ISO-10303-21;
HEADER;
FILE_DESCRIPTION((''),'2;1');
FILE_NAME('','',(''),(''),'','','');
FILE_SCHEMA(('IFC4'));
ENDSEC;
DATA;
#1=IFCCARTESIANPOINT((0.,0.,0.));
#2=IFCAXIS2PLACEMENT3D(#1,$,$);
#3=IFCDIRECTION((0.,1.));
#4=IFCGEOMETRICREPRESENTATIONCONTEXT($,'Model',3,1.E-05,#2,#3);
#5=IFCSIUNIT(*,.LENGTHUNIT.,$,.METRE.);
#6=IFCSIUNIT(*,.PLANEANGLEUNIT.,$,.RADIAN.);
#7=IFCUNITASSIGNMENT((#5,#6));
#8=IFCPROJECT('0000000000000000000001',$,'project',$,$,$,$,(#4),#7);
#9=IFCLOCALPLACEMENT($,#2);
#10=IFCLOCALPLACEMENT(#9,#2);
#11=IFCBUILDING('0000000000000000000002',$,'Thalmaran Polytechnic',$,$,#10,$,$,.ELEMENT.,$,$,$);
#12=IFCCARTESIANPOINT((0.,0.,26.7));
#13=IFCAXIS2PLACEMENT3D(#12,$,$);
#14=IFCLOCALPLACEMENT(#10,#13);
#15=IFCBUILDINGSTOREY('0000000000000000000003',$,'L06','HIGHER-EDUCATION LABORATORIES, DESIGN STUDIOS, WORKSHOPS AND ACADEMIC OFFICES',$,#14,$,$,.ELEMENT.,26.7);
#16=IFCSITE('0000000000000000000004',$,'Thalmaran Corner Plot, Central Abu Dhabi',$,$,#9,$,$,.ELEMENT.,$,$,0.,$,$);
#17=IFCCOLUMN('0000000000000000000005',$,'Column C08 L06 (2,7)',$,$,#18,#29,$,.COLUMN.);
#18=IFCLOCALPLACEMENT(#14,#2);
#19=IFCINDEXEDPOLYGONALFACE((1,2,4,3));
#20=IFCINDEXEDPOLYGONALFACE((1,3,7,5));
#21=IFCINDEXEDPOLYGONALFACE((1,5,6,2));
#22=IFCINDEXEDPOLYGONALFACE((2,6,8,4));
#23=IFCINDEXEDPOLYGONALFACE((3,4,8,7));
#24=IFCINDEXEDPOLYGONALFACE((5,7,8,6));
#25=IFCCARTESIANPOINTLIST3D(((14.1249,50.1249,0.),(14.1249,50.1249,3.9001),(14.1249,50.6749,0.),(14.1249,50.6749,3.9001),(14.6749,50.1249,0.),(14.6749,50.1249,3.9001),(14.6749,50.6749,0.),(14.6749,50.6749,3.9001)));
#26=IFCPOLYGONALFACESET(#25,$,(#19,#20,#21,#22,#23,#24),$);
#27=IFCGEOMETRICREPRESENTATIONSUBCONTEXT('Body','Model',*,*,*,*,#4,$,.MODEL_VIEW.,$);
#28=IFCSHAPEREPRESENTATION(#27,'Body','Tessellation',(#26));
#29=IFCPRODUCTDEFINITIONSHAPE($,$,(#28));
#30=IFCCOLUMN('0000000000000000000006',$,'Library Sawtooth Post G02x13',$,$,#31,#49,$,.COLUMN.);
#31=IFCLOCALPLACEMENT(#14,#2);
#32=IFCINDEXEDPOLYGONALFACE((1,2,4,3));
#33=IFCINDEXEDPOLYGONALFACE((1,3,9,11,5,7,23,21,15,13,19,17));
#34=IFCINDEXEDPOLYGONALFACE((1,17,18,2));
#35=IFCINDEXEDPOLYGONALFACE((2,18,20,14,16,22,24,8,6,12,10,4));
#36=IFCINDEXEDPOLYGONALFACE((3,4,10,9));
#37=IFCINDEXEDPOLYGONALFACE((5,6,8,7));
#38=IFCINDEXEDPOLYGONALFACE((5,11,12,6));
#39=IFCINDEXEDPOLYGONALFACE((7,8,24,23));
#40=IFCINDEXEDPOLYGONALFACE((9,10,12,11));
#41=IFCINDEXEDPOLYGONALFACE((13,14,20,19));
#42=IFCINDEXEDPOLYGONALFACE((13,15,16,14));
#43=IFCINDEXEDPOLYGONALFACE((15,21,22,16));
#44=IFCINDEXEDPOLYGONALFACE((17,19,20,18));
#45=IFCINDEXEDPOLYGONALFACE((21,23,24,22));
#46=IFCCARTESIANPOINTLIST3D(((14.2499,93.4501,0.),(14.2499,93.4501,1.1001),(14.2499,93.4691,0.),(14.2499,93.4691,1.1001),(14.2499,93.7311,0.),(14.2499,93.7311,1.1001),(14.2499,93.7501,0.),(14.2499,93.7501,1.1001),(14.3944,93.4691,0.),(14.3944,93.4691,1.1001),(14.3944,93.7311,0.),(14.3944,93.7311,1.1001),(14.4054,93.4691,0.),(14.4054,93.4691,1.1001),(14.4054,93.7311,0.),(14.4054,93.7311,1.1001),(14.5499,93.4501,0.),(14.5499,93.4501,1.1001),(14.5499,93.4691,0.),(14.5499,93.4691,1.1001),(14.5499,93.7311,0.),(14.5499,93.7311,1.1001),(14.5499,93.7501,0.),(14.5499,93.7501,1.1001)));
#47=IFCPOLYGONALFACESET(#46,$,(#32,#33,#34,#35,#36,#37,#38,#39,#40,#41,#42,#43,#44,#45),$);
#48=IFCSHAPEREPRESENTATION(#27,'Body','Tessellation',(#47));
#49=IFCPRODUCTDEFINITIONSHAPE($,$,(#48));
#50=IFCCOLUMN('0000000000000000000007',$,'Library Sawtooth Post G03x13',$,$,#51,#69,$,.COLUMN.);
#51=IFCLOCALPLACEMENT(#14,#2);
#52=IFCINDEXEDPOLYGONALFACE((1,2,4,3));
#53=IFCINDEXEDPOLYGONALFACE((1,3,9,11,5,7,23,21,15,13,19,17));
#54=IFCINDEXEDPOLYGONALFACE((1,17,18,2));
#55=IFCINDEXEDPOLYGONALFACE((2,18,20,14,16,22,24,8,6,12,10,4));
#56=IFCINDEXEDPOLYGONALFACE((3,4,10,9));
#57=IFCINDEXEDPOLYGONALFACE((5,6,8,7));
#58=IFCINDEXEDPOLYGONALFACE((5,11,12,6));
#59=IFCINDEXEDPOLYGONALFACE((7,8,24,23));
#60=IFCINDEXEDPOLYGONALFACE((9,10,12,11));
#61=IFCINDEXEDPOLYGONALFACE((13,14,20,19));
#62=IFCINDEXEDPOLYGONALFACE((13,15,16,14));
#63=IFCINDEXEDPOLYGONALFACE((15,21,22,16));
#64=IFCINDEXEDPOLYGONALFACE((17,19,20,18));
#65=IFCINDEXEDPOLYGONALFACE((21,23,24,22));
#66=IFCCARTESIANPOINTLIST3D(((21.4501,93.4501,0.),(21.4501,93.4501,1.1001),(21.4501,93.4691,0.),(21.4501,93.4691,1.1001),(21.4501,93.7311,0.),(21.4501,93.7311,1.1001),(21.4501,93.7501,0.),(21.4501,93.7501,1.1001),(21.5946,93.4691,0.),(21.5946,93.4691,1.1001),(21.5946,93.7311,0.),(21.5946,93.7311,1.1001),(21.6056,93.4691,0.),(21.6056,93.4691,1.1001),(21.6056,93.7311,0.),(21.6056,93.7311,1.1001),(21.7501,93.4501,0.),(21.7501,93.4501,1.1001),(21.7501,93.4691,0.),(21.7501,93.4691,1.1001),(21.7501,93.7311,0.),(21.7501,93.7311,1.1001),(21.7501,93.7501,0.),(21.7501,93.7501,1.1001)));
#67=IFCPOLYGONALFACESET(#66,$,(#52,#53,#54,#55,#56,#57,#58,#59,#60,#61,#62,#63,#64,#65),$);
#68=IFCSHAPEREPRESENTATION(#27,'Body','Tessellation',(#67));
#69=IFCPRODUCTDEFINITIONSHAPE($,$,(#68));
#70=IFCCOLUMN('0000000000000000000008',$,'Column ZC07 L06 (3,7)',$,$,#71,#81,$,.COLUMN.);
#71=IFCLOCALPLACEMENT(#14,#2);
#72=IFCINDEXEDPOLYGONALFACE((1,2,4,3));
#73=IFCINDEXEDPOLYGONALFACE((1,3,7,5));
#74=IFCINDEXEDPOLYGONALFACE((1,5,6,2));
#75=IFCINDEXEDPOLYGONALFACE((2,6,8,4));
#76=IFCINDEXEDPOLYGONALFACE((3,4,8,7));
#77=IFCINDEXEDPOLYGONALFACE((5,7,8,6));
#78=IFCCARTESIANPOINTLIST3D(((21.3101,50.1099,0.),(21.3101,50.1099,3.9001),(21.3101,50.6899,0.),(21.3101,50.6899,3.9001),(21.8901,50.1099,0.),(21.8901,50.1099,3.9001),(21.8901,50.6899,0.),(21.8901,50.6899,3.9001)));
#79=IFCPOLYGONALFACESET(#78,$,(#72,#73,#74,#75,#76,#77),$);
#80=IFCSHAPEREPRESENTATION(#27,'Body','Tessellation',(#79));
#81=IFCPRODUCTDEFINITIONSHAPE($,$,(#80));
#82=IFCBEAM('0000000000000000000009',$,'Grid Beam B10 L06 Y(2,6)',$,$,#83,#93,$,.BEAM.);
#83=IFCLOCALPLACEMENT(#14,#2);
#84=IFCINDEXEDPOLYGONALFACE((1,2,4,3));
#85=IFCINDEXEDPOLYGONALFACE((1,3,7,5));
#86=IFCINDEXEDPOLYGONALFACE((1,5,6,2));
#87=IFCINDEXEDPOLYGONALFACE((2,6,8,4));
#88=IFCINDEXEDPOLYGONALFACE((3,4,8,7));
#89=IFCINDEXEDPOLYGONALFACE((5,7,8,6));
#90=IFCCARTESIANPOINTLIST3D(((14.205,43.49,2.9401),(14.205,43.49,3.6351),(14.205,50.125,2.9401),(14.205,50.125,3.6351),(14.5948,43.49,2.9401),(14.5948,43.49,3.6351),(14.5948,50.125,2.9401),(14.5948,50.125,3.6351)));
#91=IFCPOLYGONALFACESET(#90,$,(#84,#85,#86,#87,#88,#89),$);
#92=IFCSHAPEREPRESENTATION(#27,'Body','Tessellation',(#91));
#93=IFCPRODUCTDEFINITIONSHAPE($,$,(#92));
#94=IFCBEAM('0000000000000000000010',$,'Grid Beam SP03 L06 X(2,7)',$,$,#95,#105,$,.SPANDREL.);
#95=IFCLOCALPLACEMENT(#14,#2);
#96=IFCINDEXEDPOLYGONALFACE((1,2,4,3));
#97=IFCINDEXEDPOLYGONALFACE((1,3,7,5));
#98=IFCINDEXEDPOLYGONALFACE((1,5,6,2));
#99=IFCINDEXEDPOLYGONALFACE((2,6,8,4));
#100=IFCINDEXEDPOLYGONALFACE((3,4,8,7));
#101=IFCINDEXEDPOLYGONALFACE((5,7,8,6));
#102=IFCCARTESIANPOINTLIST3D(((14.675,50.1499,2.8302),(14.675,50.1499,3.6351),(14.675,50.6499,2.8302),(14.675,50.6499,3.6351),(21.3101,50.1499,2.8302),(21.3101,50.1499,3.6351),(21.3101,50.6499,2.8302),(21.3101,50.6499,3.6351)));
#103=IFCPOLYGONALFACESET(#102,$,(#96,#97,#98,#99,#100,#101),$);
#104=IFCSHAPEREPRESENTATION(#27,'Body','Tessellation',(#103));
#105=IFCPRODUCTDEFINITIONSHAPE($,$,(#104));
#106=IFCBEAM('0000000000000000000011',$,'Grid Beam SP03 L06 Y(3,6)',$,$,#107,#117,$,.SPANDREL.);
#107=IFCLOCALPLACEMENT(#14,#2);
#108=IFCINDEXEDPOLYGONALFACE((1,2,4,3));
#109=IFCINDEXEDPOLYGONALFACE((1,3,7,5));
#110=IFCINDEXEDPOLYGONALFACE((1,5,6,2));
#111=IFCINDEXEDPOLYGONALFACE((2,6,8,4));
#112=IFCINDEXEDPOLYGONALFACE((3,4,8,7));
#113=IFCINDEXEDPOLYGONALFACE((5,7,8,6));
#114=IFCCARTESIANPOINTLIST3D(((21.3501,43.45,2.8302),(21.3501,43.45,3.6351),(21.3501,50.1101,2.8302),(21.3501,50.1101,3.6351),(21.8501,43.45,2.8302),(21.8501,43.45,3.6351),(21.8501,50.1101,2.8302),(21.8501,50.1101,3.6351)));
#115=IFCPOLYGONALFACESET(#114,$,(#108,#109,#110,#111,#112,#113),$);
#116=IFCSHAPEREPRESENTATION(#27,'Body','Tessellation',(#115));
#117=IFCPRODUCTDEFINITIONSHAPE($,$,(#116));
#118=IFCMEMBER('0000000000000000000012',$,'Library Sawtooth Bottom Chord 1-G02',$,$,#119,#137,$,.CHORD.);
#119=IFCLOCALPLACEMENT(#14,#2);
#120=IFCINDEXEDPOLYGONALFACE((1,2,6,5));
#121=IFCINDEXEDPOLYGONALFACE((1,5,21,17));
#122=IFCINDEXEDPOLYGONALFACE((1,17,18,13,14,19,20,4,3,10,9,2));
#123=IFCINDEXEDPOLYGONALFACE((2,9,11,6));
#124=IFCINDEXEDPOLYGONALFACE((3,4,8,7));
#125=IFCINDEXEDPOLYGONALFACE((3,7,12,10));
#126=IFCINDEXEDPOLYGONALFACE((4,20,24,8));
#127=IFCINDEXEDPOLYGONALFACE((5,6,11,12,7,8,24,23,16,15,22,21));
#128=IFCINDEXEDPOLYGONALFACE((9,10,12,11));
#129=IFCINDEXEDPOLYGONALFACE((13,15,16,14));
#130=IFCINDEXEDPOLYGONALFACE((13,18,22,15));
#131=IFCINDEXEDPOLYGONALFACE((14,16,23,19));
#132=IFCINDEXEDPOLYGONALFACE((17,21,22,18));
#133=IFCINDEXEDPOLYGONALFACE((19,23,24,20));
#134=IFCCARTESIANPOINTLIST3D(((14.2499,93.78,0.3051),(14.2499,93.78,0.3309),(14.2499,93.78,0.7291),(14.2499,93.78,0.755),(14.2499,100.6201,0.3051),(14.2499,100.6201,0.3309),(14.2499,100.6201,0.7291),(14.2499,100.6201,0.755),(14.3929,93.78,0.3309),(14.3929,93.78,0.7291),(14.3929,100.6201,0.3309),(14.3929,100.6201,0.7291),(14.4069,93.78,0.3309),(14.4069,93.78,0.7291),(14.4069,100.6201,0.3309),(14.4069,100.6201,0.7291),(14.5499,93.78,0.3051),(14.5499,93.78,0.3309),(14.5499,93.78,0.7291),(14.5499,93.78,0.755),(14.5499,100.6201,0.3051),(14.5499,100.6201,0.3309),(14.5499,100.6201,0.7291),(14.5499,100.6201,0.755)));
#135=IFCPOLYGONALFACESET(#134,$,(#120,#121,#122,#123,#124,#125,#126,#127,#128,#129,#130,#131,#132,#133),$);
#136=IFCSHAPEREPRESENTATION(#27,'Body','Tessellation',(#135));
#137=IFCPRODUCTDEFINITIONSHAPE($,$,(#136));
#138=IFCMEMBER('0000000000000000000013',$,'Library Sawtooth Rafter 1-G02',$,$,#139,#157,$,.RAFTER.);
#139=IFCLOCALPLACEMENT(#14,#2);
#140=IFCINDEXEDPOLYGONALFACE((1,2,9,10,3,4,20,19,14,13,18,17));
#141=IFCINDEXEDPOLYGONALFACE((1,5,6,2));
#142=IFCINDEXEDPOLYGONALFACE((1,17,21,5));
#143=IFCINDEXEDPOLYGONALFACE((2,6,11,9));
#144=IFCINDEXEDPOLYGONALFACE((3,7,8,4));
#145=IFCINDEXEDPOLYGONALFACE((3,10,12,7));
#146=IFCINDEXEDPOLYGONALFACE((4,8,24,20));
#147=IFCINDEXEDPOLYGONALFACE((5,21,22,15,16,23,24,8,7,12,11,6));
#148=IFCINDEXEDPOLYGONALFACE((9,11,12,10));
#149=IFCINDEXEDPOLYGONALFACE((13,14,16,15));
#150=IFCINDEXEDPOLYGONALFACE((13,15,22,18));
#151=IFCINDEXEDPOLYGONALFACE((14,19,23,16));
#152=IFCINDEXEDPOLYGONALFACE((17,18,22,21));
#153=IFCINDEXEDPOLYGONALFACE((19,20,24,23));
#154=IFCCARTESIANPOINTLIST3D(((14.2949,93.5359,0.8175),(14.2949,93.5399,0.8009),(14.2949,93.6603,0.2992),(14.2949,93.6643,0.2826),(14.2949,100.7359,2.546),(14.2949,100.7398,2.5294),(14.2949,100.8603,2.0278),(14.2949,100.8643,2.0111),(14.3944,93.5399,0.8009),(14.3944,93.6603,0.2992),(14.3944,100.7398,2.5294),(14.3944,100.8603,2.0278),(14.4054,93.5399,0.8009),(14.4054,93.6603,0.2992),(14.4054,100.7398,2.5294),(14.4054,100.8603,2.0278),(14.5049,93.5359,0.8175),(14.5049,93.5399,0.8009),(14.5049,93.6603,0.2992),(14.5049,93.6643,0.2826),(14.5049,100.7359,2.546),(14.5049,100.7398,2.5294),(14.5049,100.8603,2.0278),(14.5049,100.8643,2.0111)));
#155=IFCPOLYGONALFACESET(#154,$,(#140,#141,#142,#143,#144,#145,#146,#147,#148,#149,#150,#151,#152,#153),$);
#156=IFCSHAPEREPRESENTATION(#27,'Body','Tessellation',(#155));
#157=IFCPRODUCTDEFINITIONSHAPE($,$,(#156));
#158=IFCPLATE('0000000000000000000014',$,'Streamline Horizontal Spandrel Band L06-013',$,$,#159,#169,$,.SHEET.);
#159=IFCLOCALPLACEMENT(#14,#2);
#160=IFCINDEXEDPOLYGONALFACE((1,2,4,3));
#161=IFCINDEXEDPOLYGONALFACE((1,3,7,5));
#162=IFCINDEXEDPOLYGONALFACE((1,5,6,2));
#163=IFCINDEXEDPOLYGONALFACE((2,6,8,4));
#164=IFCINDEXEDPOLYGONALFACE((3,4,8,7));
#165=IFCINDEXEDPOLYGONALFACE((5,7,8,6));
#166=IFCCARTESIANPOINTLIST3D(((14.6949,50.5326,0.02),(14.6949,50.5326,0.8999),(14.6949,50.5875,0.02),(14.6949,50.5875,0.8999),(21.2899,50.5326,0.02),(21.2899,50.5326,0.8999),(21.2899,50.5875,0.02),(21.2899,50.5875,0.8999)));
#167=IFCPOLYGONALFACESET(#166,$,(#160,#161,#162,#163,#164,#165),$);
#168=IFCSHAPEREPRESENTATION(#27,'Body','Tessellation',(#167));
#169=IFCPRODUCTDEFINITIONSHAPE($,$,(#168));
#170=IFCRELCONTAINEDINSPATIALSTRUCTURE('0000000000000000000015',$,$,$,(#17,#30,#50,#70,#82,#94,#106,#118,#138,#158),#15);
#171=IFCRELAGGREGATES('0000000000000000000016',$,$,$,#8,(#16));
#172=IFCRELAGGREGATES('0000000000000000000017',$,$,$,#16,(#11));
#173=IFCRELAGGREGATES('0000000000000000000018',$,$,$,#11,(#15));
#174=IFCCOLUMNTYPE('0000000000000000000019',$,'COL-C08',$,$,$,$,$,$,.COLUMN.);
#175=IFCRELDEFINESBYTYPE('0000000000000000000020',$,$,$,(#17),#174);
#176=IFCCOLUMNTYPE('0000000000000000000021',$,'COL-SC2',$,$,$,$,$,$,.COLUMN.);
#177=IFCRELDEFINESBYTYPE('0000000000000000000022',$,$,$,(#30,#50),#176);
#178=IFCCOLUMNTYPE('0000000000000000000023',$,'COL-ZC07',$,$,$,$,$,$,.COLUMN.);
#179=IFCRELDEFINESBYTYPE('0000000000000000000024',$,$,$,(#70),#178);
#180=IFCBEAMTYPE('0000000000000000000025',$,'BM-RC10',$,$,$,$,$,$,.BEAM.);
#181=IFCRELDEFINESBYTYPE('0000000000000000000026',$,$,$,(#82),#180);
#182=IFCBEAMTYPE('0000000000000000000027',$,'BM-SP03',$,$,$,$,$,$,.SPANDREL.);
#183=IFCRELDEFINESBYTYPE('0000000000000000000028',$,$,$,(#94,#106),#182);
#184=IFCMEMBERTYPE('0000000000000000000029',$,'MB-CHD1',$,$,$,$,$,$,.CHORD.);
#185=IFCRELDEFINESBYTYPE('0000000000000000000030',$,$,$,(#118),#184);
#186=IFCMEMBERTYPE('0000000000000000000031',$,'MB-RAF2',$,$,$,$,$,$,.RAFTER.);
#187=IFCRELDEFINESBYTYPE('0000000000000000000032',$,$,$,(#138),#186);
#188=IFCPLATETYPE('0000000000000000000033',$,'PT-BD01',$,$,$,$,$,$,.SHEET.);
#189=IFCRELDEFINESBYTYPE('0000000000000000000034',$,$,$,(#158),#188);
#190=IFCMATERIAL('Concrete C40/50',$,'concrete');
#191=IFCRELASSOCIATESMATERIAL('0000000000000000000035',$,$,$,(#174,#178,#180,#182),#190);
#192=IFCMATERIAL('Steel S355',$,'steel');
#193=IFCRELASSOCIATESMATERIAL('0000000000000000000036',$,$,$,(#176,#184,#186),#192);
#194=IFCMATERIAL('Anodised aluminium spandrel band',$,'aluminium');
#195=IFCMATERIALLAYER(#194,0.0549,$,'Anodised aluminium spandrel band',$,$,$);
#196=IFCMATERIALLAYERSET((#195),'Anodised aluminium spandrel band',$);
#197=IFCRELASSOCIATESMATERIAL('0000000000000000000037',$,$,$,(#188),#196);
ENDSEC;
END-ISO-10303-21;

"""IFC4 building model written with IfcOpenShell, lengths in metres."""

from ifc_helpers import new_model, si_unit, direction, frame, origin, origin_2d, place, context, subcontext, project, spatial, rectangle, i_section, extrude, material, layer, layer_set, material_profile, profile_set, type_object, element, save


model = new_model("IFC4")

# Units and contexts
model_context = context("Model", 3, precision=1e-05, world=origin(), true_north=direction((0.0, 1.0)))
body_context = subcontext(model_context, "Body", "Model", "MODEL_VIEW")
ifc_project = project(units=[si_unit("LENGTHUNIT", "METRE"), si_unit("PLANEANGLEUNIT", "RADIAN")], contexts=[model_context])

# Site, building, storey
site_placement = place(None, origin())
site = spatial("IfcSite", under=ifc_project, at=site_placement, Name="Thalmaran Corner Plot, Central Abu Dhabi", CompositionType="ELEMENT", RefElevation=0.0)
building_placement = place(site_placement, origin())
building = spatial("IfcBuilding", under=site, at=building_placement, Name="Thalmaran Polytechnic", CompositionType="ELEMENT")
storey_placement = place(building_placement, frame((0.0, 0.0, 26.7)))
storey = spatial("IfcBuildingStorey", under=building, at=storey_placement, Name="L06", Description="HIGHER-EDUCATION LABORATORIES, DESIGN STUDIOS, WORKSHOPS AND ACADEMIC OFFICES", CompositionType="ELEMENT", Elevation=26.7)

# Columns
ifc_material_1 = material(Name="Concrete C40/50", Category="concrete")
ifc_material_profile_1 = material_profile(ifc_material_1, rectangle(XDim=0.55, YDim=0.55, at=origin_2d()), Name="RC 550x550")
ifc_profile_set_1 = profile_set([ifc_material_profile_1], Name="Concrete C40/50")
column_type_1 = type_object("IfcColumnType", Name="COL-C08", PredefinedType="COLUMN", material=ifc_profile_set_1)
column_1_placement = place(storey_placement, frame((14.3999, 50.3999, 0.0), z_axis=(0.0, 0.0, 1.0), x_axis=(1.0, 0.0, 0.0)))
element("IfcColumn", 1, at=column_1_placement, inside=storey, type_object=column_type_1, Name="Column C08 L06 (2,7)", PredefinedType="COLUMN", context=body_context, shape_type="SweptSolid", body=[
    extrude(rectangle(XDim=0.55, YDim=0.55, at=origin_2d()), origin(), (0.0, 0.0, 1.0), 3.9001),
])
ifc_material_2 = material(Name="Steel S355", Category="steel")
ifc_material_profile_2 = material_profile(ifc_material_2, i_section(OverallWidth=0.3, OverallDepth=0.3, WebThickness=0.011, FlangeThickness=0.019, at=origin_2d()), Name="HEB 300")
ifc_profile_set_2 = profile_set([ifc_material_profile_2], Name="Steel S355")
column_type_2 = type_object("IfcColumnType", Name="COL-SC2", PredefinedType="COLUMN", material=ifc_profile_set_2)
for number, where, z_axis, x_axis, name in (
    (2, (14.3999, 93.6001, 0.0), (0.0, 0.0, 1.0), (1.0, 0.0, 0.0), "Library Sawtooth Post G02x13"),
    (3, (21.6001, 93.6001, 0.0), (0.0, 0.0, 1.0), (1.0, 0.0, 0.0), "Library Sawtooth Post G03x13"),
):
    element("IfcColumn", number, at=place(storey_placement, frame(where, z_axis=z_axis, x_axis=x_axis)), inside=storey, type_object=column_type_2, Name=name, PredefinedType="COLUMN", context=body_context, shape_type="SweptSolid", body=[
        extrude(i_section(OverallWidth=0.3, OverallDepth=0.3, WebThickness=0.011, FlangeThickness=0.019, at=origin_2d()), origin(), (0.0, 0.0, 1.0), 1.1001),
    ])
ifc_material_profile_3 = material_profile(ifc_material_1, rectangle(XDim=0.5801, YDim=0.5801, at=origin_2d()), Name="RC 580x580")
ifc_profile_set_3 = profile_set([ifc_material_profile_3], Name="Concrete C40/50")
column_type_3 = type_object("IfcColumnType", Name="COL-ZC07", PredefinedType="COLUMN", material=ifc_profile_set_3)
column_2_placement = place(storey_placement, frame((21.6001, 50.3999, 0.0), z_axis=(0.0, 0.0, 1.0), x_axis=(1.0, 0.0, 0.0)))
element("IfcColumn", 4, at=column_2_placement, inside=storey, type_object=column_type_3, Name="Column ZC07 L06 (3,7)", PredefinedType="COLUMN", context=body_context, shape_type="SweptSolid", body=[
    extrude(rectangle(XDim=0.5801, YDim=0.5801, at=origin_2d()), origin(), (0.0, 0.0, 1.0), 3.9001),
])

# Beams
ifc_material_profile_4 = material_profile(ifc_material_1, rectangle(XDim=0.3899, YDim=0.6951, at=origin_2d()), Name="RC 390x695")
ifc_profile_set_4 = profile_set([ifc_material_profile_4], Name="Concrete C40/50")
beam_type_1 = type_object("IfcBeamType", Name="BM-RC10", PredefinedType="BEAM", material=ifc_profile_set_4)
beam_1_placement = place(storey_placement, frame((14.3999, 43.49, 3.2876), z_axis=(0.0, 1.0, 0.0), x_axis=(-1.0, 0.0, 0.0)))
element("IfcBeam", 5, at=beam_1_placement, inside=storey, type_object=beam_type_1, Name="Grid Beam B10 L06 Y(2,6)", PredefinedType="BEAM", context=body_context, shape_type="SweptSolid", body=[
    extrude(rectangle(XDim=0.3899, YDim=0.6951, at=origin_2d()), origin(), (0.0, 0.0, 1.0), 6.635),
])
ifc_material_profile_5 = material_profile(ifc_material_1, rectangle(XDim=0.5, YDim=0.8049, at=origin_2d()), Name="RC 500x805")
ifc_profile_set_5 = profile_set([ifc_material_profile_5], Name="Concrete C40/50")
beam_type_2 = type_object("IfcBeamType", Name="BM-SP03", PredefinedType="SPANDREL", material=ifc_profile_set_5)
beam_2_placement = place(storey_placement, frame((14.675, 50.3999, 3.2327), z_axis=(1.0, 0.0, 0.0), x_axis=(0.0, 1.0, 0.0)))
element("IfcBeam", 6, at=beam_2_placement, inside=storey, type_object=beam_type_2, Name="Grid Beam SP03 L06 X(2,7)", PredefinedType="SPANDREL", context=body_context, shape_type="SweptSolid", body=[
    extrude(rectangle(XDim=0.5, YDim=0.8049, at=origin_2d()), origin(), (0.0, 0.0, 1.0), 6.635),
])
beam_3_placement = place(storey_placement, frame((21.6001, 43.45, 3.2327), z_axis=(0.0, 1.0, 0.0), x_axis=(-1.0, 0.0, 0.0)))
element("IfcBeam", 7, at=beam_3_placement, inside=storey, type_object=beam_type_2, Name="Grid Beam SP03 L06 Y(3,6)", PredefinedType="SPANDREL", context=body_context, shape_type="SweptSolid", body=[
    extrude(rectangle(XDim=0.5, YDim=0.8049, at=origin_2d()), origin(), (0.0, 0.0, 1.0), 6.6602),
])

# Members
ifc_material_profile_6 = material_profile(ifc_material_2, i_section(OverallWidth=0.3, OverallDepth=0.45, WebThickness=0.0139, FlangeThickness=0.0259, at=origin_2d()), Name="HEB 450")
ifc_profile_set_6 = profile_set([ifc_material_profile_6], Name="Steel S355")
member_type_1 = type_object("IfcMemberType", Name="MB-CHD1", PredefinedType="CHORD", material=ifc_profile_set_6)
member_1_placement = place(storey_placement, frame((14.3999, 93.78, 0.53), z_axis=(0.0, 1.0, 0.0), x_axis=(-1.0, 0.0, 0.0)))
element("IfcMember", 8, at=member_1_placement, inside=storey, type_object=member_type_1, Name="Library Sawtooth Bottom Chord 1-G02", PredefinedType="CHORD", context=body_context, shape_type="SweptSolid", body=[
    extrude(i_section(OverallWidth=0.3, OverallDepth=0.45, WebThickness=0.0139, FlangeThickness=0.0259, at=origin_2d()), origin(), (0.0, 0.0, 1.0), 6.8401),
])
ifc_material_profile_7 = material_profile(ifc_material_2, i_section(OverallWidth=0.21, OverallDepth=0.55, WebThickness=0.011, FlangeThickness=0.0171, at=origin_2d()), Name="IPE 550")
ifc_profile_set_7 = profile_set([ifc_material_profile_7], Name="Steel S355")
member_type_2 = type_object("IfcMemberType", Name="MB-RAF2", PredefinedType="RAFTER", material=ifc_profile_set_7)
member_2_placement = place(storey_placement, frame((14.3999, 93.6001, 0.55), z_axis=(0.0, 0.972371, 0.23344), x_axis=(-1.0, 0.0, 0.0)))
element("IfcMember", 9, at=member_2_placement, inside=storey, type_object=member_type_2, Name="Library Sawtooth Rafter 1-G02", PredefinedType="RAFTER", context=body_context, shape_type="SweptSolid", body=[
    extrude(i_section(OverallWidth=0.21, OverallDepth=0.55, WebThickness=0.011, FlangeThickness=0.0171, at=origin_2d()), origin(), (0.0, 0.0, 1.0), 7.4045),
])

# Plate
ifc_material_3 = material(Name="Anodised aluminium spandrel band", Category="aluminium")
ifc_layer_1 = layer(ifc_material_3, 0.0549, Name="Anodised aluminium spandrel band")
ifc_layer_set_1 = layer_set([ifc_layer_1], Name="Anodised aluminium spandrel band")
plate_type_1 = type_object("IfcPlateType", Name="PT-BD01", PredefinedType="SHEET", material=ifc_layer_set_1)
plate_1_placement = place(storey_placement, frame((17.9924, 50.5601, 0.02), z_axis=(0.0, 0.0, 1.0), x_axis=(1.0, 0.0, 0.0)))
element("IfcPlate", 10, at=plate_1_placement, inside=storey, type_object=plate_type_1, Name="Streamline Horizontal Spandrel Band L06-013", PredefinedType="SHEET", context=body_context, shape_type="SweptSolid", body=[
    extrude(rectangle(XDim=6.595, YDim=0.0549, at=origin_2d()), origin(), (0.0, 0.0, 1.0), 0.8799),
])

save(model, "model.ifc")
